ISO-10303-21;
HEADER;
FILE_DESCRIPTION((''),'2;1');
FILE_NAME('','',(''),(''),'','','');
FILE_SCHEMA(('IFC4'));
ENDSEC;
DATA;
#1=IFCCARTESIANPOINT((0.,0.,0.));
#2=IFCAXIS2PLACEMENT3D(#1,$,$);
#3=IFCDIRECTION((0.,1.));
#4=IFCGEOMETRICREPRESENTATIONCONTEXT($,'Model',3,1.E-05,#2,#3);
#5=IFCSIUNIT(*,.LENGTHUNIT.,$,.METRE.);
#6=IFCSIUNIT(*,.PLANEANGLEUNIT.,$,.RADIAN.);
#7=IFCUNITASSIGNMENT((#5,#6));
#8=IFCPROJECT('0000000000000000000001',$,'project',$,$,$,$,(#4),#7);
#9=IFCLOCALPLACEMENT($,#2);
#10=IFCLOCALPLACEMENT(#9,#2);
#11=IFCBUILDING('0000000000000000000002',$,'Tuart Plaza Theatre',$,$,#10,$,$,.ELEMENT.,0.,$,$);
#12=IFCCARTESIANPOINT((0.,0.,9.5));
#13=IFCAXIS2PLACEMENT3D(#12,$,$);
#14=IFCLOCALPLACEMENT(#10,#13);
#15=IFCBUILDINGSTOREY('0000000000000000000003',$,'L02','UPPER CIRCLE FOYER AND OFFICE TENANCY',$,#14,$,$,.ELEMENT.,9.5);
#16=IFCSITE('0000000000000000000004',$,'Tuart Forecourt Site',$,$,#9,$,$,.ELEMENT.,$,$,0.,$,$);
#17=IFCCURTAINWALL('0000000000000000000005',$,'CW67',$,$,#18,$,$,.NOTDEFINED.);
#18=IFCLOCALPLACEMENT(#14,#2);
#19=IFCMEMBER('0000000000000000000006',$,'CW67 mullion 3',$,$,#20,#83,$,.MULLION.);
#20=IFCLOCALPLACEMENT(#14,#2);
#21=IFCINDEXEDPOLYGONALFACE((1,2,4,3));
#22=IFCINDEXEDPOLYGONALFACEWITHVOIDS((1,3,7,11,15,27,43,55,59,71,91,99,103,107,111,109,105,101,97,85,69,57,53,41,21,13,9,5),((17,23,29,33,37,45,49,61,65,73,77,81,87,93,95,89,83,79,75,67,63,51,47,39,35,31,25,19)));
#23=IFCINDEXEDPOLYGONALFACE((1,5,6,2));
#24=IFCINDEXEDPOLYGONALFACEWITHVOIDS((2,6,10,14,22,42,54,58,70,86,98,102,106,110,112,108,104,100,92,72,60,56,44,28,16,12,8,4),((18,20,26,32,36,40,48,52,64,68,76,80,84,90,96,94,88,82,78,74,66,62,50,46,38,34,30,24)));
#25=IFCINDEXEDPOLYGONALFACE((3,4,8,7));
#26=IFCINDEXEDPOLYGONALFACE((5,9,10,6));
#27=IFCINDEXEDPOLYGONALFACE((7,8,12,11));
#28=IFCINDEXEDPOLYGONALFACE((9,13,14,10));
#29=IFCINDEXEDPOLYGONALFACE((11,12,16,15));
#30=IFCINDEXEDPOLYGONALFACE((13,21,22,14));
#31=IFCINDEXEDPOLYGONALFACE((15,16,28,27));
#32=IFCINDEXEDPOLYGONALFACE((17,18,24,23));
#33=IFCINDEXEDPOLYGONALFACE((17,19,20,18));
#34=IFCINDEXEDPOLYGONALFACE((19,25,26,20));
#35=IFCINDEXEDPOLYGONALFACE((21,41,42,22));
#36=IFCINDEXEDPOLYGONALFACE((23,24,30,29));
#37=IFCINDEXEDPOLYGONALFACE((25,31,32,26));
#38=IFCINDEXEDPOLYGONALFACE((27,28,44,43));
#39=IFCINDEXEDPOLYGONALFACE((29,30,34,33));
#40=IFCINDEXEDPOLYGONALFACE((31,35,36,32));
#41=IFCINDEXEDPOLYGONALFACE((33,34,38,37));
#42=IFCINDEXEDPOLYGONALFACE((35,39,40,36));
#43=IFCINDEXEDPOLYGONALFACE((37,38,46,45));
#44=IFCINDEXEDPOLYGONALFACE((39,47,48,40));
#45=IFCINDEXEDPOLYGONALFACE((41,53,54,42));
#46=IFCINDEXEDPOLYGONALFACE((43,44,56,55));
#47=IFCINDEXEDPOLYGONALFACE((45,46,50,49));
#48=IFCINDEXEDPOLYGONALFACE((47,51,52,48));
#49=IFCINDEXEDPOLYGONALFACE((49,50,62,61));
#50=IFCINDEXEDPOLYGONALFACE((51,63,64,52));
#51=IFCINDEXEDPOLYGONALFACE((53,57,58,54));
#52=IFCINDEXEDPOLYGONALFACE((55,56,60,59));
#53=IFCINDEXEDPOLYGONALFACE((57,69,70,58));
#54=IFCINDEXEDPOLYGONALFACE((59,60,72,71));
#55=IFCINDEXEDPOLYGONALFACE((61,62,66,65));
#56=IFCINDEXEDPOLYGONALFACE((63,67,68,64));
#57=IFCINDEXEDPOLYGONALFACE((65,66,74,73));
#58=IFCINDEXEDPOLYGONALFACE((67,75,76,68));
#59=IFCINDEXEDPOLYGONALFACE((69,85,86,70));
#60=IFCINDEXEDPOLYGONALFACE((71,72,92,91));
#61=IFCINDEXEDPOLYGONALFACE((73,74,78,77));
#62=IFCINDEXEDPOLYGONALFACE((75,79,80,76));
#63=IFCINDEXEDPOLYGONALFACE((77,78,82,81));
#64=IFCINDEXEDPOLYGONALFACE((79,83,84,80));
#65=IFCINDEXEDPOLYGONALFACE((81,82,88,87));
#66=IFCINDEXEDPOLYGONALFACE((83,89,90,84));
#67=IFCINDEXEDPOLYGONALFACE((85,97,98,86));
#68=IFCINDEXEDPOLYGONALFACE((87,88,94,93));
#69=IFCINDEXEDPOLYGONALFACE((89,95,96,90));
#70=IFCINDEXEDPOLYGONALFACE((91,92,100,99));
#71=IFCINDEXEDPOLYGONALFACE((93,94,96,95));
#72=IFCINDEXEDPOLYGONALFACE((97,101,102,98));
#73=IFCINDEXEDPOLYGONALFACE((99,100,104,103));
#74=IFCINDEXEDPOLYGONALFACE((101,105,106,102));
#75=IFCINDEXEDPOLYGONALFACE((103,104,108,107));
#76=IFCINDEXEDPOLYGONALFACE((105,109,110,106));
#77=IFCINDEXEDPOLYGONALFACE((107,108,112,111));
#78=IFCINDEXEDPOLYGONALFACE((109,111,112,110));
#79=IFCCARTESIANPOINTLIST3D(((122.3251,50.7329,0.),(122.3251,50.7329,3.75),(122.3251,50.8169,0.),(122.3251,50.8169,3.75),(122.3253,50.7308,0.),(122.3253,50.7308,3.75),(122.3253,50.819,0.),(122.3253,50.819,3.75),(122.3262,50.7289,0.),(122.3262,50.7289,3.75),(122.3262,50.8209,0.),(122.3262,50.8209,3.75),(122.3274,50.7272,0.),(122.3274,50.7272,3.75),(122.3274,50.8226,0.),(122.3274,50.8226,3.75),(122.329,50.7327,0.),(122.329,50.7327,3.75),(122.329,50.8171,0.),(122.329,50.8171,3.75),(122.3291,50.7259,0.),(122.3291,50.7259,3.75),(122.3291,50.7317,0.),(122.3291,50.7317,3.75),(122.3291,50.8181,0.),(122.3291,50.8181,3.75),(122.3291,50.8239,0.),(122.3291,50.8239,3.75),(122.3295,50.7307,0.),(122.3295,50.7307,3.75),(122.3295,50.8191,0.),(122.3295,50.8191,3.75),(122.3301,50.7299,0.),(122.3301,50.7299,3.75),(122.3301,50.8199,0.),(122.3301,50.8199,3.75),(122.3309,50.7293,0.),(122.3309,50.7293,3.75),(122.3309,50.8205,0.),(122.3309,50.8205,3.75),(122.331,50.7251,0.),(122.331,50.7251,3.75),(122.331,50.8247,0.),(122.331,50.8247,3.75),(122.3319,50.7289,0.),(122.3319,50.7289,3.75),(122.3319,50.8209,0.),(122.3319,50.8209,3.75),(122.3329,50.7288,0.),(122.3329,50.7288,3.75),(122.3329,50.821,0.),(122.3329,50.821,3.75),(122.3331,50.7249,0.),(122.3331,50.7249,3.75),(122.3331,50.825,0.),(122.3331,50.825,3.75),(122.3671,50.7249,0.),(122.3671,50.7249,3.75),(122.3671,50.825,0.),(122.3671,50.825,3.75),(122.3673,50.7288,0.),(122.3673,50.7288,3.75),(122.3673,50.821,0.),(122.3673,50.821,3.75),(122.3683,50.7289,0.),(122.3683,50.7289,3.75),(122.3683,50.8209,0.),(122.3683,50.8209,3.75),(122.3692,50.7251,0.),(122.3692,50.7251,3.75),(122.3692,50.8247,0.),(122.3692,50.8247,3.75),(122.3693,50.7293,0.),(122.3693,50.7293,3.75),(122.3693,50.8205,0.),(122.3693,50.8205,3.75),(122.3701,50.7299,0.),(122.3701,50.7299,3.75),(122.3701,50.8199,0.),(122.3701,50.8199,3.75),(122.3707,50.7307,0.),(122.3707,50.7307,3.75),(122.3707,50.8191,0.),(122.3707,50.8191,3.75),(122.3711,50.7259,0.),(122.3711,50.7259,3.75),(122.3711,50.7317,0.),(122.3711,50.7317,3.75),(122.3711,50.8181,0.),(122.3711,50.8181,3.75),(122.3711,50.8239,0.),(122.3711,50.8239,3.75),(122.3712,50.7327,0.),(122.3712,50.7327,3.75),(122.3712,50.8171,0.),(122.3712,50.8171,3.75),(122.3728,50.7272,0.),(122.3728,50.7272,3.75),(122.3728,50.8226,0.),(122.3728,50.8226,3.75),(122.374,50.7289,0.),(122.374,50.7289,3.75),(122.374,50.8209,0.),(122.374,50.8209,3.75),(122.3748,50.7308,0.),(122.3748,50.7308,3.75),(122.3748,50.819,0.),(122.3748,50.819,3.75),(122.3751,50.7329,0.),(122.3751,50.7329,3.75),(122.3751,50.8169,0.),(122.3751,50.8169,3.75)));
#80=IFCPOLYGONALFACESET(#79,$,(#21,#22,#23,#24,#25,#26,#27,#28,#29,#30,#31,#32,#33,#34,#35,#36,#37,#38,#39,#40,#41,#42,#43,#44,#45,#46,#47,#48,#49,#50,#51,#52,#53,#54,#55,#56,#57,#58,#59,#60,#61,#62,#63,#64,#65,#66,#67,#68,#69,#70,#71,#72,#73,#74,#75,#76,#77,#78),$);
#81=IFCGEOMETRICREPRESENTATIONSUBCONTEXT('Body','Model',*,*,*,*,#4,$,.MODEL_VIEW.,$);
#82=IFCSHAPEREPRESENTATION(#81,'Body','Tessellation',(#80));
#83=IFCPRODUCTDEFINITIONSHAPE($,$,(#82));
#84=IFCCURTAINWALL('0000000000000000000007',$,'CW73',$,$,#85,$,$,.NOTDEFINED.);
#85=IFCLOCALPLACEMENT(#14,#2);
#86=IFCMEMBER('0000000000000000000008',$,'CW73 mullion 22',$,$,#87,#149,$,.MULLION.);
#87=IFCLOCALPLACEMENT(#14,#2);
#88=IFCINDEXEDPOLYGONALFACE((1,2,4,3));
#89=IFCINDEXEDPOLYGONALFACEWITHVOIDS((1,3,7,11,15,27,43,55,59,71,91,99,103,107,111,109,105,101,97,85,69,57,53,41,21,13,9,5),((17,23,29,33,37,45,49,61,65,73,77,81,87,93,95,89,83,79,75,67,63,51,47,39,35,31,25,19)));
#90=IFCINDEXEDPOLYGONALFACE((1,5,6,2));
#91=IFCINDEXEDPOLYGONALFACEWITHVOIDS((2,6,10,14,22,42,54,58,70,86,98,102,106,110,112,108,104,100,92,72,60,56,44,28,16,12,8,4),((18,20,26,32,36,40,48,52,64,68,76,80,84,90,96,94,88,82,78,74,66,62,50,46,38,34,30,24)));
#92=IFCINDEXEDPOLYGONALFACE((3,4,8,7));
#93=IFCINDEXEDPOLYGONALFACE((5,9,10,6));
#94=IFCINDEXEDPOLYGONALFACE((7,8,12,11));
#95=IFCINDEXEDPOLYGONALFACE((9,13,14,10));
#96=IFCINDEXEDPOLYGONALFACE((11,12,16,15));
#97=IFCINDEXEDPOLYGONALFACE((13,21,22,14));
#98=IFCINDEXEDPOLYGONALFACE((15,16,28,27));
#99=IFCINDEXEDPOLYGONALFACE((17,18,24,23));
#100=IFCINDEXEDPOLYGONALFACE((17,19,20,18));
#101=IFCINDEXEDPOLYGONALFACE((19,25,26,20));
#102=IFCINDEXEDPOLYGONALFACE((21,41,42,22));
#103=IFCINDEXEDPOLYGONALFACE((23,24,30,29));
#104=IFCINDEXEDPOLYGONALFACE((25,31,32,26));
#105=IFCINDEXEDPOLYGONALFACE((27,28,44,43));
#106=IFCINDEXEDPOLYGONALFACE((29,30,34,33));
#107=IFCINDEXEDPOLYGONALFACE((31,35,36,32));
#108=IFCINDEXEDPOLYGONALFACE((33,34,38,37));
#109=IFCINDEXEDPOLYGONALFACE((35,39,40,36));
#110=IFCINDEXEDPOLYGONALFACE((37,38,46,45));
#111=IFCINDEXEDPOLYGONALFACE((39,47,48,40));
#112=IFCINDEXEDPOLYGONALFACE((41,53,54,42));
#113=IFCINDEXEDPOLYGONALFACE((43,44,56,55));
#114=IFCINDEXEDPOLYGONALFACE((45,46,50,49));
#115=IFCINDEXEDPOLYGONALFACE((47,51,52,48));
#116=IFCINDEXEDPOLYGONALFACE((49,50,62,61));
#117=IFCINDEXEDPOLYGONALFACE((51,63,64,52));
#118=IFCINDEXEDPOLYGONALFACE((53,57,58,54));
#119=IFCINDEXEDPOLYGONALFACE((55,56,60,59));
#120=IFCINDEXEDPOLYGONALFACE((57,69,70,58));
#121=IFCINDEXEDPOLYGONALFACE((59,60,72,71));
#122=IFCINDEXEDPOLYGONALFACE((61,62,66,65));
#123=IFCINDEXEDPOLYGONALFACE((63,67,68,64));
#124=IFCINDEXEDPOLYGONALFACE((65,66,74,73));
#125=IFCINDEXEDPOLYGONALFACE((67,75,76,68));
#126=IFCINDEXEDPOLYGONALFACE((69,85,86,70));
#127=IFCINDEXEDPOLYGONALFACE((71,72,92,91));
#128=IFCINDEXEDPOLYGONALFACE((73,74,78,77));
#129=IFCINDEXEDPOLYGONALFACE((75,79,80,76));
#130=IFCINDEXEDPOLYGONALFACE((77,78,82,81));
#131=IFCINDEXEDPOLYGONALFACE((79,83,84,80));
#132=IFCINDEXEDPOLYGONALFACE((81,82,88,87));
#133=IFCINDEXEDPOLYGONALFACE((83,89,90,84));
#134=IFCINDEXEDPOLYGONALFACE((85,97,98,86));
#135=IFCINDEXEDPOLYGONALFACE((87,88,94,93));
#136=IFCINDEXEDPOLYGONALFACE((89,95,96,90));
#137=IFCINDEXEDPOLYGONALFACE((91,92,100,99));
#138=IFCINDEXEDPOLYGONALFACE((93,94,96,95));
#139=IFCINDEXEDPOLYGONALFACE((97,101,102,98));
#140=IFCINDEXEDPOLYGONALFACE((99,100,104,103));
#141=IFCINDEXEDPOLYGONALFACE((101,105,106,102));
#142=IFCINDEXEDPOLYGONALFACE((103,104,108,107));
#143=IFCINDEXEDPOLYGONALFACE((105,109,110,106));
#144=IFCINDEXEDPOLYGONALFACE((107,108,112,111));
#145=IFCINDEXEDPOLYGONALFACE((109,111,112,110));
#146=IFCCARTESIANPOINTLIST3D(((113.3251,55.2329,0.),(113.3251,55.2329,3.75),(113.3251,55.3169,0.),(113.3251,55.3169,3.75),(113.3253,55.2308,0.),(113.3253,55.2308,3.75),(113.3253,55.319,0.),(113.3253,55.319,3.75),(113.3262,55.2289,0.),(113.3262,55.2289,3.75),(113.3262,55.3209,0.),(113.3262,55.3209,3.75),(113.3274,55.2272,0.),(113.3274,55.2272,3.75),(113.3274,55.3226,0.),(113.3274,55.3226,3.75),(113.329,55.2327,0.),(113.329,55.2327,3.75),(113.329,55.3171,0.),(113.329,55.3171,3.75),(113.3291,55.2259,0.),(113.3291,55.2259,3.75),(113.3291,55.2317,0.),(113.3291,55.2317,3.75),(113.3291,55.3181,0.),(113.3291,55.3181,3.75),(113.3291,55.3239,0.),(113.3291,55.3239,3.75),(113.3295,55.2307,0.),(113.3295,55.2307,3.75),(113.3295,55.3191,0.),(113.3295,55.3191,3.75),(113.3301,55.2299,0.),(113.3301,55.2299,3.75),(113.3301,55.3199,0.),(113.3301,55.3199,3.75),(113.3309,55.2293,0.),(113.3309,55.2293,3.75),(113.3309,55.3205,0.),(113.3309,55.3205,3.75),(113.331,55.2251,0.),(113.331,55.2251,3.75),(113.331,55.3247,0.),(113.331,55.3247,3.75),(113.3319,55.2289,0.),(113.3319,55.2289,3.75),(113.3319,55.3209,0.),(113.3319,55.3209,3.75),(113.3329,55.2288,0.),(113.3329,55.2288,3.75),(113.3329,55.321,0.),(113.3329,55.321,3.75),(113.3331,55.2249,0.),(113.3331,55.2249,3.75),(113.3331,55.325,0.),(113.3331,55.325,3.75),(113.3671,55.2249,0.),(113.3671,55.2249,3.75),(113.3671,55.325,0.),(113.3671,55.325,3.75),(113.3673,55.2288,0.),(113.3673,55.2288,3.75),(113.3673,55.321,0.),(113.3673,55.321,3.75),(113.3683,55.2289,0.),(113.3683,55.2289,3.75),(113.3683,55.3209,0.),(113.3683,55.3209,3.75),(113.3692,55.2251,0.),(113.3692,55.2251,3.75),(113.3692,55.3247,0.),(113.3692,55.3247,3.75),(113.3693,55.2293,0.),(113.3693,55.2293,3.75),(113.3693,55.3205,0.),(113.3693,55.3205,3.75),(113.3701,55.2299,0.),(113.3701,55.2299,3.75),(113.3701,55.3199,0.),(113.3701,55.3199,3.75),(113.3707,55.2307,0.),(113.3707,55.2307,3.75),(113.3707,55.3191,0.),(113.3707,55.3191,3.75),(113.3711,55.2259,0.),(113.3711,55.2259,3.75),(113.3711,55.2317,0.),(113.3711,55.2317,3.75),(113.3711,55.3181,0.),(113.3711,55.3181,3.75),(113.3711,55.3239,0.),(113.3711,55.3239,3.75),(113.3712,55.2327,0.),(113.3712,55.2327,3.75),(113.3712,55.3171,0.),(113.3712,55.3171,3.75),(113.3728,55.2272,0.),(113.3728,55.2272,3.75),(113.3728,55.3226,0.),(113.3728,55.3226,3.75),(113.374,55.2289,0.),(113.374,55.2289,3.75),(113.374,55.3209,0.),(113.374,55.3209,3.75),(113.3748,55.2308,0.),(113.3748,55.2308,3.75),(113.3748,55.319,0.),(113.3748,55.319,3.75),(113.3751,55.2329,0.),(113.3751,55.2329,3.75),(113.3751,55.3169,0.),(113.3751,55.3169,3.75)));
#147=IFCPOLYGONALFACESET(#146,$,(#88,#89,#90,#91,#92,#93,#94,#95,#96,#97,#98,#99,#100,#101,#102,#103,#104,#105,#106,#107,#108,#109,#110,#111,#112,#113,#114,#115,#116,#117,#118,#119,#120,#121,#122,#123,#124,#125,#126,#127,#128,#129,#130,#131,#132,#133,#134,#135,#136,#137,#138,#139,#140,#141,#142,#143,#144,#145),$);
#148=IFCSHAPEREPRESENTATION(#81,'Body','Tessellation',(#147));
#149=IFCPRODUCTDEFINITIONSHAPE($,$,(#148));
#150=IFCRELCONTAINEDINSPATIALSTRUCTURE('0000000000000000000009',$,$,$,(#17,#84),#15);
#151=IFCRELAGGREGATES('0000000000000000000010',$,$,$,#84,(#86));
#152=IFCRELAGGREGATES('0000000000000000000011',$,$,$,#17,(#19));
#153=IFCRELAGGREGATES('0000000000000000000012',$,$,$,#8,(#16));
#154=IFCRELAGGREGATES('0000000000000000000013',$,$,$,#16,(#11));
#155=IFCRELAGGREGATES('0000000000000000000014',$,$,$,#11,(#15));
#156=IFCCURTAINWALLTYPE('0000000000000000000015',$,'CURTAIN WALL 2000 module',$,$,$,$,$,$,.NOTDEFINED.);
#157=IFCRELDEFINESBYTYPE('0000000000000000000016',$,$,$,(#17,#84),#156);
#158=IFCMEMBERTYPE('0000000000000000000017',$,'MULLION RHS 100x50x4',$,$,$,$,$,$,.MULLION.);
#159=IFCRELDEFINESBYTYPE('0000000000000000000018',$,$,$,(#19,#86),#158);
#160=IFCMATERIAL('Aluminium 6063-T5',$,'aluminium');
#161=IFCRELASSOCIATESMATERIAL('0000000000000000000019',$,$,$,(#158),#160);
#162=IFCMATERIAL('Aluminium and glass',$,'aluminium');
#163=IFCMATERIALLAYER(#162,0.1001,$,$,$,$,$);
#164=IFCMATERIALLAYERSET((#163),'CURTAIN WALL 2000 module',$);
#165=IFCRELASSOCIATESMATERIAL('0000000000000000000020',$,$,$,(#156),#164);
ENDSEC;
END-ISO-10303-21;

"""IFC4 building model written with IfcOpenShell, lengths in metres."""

from ifc_helpers import new_model, si_unit, direction, frame, origin, origin_2d, place, context, subcontext, project, spatial, hollow_rectangle, extrude, material, layer, layer_set, material_profile, profile_set, type_object, element, aggregate, save


model = new_model("IFC4")

# Units and contexts
model_context = context("Model", 3, precision=1e-05, world=origin(), true_north=direction((0.0, 1.0)))
body_context = subcontext(model_context, "Body", "Model", "MODEL_VIEW")
ifc_project = project(units=[si_unit("LENGTHUNIT", "METRE"), si_unit("PLANEANGLEUNIT", "RADIAN")], contexts=[model_context])

# Site, building, storey
site_placement = place(None, origin())
site = spatial("IfcSite", under=ifc_project, at=site_placement, Name="Tuart Forecourt Site", CompositionType="ELEMENT", RefElevation=0.0)
building_placement = place(site_placement, origin())
building = spatial("IfcBuilding", under=site, at=building_placement, Name="Tuart Plaza Theatre", CompositionType="ELEMENT", ElevationOfRefHeight=0.0)
storey_placement = place(building_placement, frame((0.0, 0.0, 9.5)))
storey = spatial("IfcBuildingStorey", under=building, at=storey_placement, Name="L02", Description="UPPER CIRCLE FOYER AND OFFICE TENANCY", CompositionType="ELEMENT", Elevation=9.5)

# Shared definitions
ifc_material_1 = material(Name="Aluminium 6063-T5", Category="aluminium")
ifc_material_profile_1 = material_profile(ifc_material_1, hollow_rectangle(XDim=0.05, YDim=0.1001, WallThickness=0.0039, InnerFilletRadius=0.0039, OuterFilletRadius=0.0081, at=origin_2d()), Name="RHS 100x50x4")
ifc_profile_set_1 = profile_set([ifc_material_profile_1], Name="Aluminium 6063-T5")
member_type_1 = type_object("IfcMemberType", Name="MULLION RHS 100x50x4", PredefinedType="MULLION", material=ifc_profile_set_1)

# Curtain wall, member
ifc_material_2 = material(Name="Aluminium and glass", Category="aluminium")
ifc_layer_1 = layer(ifc_material_2, 0.1001)
ifc_layer_set_1 = layer_set([ifc_layer_1], Name="CURTAIN WALL 2000 module")
curtain_wall_type_1 = type_object("IfcCurtainWallType", Name="CURTAIN WALL 2000 module", PredefinedType="NOTDEFINED", material=ifc_layer_set_1)
curtain_wall_1_placement = place(storey_placement, origin())
curtain_wall_1 = element("IfcCurtainWall", 1, at=curtain_wall_1_placement, inside=storey, type_object=curtain_wall_type_1, Name="CW67", PredefinedType="NOTDEFINED")
member_1_placement = place(storey_placement, frame((122.3501, 50.7749, 0.0), z_axis=(0.0, 0.0, 1.0), x_axis=(1.0, 0.0, 0.0)))
member_1 = element("IfcMember", 2, at=member_1_placement, type_object=member_type_1, Name="CW67 mullion 3", PredefinedType="MULLION", context=body_context, shape_type="SweptSolid", body=[
    extrude(hollow_rectangle(XDim=0.05, YDim=0.1001, WallThickness=0.0039, InnerFilletRadius=0.0039, OuterFilletRadius=0.0081, at=origin_2d()), origin(), (0.0, 0.0, 1.0), 3.75),
])

# Curtain wall, member
curtain_wall_2_placement = place(storey_placement, origin())
curtain_wall_2 = element("IfcCurtainWall", 3, at=curtain_wall_2_placement, inside=storey, type_object=curtain_wall_type_1, Name="CW73", PredefinedType="NOTDEFINED")
member_2_placement = place(storey_placement, frame((113.3501, 55.2749, 0.0), z_axis=(0.0, 0.0, 1.0), x_axis=(1.0, 0.0, 0.0)))
member_2 = element("IfcMember", 4, at=member_2_placement, type_object=member_type_1, Name="CW73 mullion 22", PredefinedType="MULLION", context=body_context, shape_type="SweptSolid", body=[
    extrude(hollow_rectangle(XDim=0.05, YDim=0.1001, WallThickness=0.0039, InnerFilletRadius=0.0039, OuterFilletRadius=0.0081, at=origin_2d()), origin(), (0.0, 0.0, 1.0), 3.75),
])
aggregate(curtain_wall_2, [member_2])

aggregate(curtain_wall_1, [member_1])

save(model, "model.ifc")
